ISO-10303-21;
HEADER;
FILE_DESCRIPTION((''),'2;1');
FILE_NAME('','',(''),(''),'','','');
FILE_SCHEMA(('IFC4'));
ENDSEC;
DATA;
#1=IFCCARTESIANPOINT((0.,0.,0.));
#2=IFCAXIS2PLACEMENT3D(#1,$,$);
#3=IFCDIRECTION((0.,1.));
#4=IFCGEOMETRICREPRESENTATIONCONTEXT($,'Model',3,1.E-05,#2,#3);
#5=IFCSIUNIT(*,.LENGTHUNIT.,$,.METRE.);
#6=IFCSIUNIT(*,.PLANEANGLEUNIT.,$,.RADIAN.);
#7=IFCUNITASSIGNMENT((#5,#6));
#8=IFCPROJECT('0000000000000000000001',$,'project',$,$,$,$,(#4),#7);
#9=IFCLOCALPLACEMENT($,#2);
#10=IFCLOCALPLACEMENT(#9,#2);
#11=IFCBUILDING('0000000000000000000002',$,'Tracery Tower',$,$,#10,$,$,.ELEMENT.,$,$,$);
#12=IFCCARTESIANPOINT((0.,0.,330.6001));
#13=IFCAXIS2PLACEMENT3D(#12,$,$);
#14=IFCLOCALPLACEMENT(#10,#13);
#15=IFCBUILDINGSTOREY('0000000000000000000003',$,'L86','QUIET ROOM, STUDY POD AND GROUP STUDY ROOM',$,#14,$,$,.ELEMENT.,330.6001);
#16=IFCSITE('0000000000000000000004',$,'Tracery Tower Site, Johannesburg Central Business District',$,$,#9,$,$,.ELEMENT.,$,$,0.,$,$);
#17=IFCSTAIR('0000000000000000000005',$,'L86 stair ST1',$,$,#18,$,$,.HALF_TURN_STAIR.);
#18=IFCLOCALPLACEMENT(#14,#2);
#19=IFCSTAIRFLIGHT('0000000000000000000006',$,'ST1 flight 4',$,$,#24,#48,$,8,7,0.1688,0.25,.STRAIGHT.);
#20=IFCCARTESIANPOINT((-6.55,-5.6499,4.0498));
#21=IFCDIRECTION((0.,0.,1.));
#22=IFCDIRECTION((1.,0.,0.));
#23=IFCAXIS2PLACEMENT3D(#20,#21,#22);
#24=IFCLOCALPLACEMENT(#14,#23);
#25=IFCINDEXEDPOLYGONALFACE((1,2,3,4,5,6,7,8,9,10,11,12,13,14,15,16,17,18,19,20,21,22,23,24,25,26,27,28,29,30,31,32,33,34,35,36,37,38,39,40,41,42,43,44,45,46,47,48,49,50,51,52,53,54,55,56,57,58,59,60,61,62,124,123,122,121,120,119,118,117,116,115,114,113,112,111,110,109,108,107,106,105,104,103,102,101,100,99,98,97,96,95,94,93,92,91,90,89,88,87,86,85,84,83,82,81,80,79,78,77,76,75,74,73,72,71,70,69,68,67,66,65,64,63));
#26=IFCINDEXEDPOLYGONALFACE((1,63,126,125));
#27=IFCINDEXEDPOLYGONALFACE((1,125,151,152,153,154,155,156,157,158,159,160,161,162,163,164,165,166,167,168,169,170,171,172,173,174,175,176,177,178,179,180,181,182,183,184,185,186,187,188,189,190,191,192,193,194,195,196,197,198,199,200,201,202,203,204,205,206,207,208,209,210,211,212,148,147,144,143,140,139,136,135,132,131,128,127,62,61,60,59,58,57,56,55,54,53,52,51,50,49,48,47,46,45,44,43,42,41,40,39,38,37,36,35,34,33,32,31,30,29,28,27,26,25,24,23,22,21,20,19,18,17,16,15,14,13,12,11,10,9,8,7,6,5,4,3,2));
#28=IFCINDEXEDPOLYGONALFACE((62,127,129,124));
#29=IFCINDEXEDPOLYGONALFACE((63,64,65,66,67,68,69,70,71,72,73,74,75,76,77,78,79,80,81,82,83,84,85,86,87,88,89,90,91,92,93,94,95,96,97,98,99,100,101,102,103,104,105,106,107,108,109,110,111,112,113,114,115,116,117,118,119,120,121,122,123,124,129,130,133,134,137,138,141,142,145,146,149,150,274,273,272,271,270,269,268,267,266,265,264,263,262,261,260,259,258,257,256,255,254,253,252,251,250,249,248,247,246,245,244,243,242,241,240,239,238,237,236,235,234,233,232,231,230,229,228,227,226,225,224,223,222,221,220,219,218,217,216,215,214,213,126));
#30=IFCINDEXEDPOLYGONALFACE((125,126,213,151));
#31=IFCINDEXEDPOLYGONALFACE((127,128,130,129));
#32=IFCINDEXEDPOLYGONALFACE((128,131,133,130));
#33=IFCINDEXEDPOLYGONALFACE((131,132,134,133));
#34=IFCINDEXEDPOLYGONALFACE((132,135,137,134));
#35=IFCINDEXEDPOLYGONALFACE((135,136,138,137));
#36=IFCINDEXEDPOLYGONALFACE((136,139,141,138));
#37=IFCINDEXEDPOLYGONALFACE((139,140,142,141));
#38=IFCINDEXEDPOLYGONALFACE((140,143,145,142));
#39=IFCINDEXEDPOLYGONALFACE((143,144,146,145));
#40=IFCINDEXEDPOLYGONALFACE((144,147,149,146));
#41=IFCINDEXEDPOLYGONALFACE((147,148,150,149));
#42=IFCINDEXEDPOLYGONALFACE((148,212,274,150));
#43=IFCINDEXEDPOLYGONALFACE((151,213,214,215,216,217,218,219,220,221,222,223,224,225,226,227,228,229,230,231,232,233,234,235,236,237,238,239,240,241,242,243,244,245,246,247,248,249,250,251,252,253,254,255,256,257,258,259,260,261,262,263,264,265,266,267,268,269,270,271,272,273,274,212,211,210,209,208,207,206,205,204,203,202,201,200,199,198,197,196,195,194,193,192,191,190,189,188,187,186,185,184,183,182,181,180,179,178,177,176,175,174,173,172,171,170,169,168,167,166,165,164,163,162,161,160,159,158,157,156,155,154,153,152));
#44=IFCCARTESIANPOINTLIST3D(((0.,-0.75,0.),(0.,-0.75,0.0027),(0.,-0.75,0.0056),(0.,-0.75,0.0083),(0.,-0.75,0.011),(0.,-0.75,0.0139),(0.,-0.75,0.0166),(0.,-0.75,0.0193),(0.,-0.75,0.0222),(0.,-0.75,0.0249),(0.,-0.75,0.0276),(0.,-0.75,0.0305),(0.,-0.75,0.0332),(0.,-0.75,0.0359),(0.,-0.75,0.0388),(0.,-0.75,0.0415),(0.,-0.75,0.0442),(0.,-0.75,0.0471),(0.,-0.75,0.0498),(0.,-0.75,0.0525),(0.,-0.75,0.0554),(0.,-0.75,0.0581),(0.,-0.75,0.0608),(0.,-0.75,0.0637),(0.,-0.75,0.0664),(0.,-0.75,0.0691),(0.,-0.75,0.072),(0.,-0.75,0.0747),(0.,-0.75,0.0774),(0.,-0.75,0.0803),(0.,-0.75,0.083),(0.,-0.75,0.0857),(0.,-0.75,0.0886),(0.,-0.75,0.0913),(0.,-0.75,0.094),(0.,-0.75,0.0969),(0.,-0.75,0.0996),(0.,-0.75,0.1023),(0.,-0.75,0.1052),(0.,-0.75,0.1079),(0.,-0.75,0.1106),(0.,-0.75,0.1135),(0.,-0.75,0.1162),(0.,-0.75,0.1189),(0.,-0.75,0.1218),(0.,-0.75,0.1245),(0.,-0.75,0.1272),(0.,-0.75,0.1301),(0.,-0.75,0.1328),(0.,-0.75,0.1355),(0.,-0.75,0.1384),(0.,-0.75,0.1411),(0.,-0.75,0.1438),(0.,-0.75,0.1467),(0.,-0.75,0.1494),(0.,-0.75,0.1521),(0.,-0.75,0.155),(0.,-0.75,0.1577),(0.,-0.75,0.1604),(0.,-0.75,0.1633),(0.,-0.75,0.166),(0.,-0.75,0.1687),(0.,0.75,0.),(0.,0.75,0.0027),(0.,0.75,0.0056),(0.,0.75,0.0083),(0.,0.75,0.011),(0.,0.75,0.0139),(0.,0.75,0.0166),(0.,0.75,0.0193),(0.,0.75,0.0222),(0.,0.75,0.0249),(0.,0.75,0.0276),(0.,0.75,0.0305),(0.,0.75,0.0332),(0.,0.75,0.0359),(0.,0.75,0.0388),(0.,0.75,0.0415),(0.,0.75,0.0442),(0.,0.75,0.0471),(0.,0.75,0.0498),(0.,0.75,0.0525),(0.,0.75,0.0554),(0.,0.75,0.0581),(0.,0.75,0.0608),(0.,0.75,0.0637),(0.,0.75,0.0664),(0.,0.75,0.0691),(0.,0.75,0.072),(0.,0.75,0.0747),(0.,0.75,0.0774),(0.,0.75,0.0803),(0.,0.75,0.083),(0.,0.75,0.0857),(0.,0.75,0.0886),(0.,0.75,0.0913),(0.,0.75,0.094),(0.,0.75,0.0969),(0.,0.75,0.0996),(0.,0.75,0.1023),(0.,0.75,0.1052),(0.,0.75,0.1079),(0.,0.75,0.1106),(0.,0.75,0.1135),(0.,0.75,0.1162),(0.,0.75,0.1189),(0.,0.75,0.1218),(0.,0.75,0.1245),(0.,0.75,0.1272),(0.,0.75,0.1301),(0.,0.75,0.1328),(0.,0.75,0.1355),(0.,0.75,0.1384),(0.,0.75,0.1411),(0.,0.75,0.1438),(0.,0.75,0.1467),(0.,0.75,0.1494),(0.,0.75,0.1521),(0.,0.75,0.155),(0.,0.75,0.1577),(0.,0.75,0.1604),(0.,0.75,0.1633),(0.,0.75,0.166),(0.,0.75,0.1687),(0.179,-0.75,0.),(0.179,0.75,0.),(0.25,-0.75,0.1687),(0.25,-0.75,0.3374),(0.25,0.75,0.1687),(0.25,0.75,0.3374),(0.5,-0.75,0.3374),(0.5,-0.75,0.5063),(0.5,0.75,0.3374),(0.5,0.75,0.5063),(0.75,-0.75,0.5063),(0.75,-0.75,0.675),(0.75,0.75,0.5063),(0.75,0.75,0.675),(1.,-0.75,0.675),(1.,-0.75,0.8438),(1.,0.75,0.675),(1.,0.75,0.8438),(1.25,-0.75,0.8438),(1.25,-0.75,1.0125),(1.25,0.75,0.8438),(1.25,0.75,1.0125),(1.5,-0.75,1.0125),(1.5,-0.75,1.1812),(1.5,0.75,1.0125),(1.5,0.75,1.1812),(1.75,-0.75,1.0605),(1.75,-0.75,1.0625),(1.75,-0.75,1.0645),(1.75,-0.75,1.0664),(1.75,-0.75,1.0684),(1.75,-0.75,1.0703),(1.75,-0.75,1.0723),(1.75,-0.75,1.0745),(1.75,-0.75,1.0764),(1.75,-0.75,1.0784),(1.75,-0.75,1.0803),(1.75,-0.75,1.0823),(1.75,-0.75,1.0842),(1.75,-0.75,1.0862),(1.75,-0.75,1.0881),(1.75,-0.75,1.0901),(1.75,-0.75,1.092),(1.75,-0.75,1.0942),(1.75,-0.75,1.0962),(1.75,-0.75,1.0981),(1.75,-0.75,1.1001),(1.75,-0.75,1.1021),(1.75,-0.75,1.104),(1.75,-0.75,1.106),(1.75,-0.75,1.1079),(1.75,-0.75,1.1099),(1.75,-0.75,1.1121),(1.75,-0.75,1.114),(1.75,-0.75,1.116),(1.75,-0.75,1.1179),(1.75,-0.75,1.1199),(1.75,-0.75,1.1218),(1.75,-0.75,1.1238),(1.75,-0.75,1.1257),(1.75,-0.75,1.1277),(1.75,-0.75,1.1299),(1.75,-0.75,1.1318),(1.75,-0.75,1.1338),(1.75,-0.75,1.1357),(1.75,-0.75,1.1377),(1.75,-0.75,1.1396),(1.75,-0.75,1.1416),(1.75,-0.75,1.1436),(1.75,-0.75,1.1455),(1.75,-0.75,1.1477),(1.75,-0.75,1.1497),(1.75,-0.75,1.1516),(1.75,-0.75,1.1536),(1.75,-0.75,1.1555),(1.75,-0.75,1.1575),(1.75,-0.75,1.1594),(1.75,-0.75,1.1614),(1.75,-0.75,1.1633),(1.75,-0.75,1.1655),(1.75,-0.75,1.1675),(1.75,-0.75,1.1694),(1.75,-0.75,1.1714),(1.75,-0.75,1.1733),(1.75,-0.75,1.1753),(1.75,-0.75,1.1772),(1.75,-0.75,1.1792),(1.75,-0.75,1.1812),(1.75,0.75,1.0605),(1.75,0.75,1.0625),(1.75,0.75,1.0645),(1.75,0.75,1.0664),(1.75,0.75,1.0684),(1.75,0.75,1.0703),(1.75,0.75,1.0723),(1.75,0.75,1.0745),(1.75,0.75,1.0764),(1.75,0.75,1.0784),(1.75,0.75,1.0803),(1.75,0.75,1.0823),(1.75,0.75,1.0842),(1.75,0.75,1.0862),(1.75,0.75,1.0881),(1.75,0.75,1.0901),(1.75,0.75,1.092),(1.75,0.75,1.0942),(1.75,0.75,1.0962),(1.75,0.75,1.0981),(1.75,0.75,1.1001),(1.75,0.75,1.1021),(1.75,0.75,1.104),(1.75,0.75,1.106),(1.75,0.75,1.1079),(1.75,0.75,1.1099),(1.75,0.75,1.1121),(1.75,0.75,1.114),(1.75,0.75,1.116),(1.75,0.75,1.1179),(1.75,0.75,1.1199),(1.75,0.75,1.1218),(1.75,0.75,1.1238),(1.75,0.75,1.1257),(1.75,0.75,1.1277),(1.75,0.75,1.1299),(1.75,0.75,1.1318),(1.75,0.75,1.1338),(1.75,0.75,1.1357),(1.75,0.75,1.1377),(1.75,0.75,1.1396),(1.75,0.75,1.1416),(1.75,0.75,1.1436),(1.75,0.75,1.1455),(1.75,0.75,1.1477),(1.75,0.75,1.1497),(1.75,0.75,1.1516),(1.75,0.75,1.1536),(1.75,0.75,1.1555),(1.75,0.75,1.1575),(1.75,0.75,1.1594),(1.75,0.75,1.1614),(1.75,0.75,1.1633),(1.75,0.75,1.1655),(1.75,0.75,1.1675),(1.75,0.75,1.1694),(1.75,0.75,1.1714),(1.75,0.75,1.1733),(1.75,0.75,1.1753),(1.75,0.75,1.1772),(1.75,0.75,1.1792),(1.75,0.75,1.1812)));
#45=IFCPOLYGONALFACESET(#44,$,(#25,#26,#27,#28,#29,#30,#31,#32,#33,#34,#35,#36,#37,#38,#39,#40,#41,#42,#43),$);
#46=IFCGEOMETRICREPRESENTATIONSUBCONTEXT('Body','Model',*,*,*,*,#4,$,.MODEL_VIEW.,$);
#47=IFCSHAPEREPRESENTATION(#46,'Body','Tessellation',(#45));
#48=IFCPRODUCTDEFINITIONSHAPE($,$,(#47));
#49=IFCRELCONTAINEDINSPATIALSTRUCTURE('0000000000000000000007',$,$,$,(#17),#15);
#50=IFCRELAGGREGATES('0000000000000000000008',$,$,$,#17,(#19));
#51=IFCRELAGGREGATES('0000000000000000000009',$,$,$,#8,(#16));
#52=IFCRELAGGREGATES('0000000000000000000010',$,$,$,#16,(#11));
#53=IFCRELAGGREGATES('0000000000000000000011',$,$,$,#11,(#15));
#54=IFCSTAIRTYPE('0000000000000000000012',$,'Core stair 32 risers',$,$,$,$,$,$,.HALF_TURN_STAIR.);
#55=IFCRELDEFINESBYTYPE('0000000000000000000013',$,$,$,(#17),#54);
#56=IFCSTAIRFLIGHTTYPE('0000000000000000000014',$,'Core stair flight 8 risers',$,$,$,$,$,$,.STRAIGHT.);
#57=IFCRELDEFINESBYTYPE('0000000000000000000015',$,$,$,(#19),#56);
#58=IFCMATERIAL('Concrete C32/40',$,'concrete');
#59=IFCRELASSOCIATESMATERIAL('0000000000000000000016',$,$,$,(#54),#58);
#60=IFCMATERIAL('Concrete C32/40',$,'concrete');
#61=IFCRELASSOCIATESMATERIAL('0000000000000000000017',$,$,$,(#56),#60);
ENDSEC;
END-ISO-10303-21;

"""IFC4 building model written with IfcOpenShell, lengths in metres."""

from ifc_helpers import new_model, si_unit, direction, frame, origin, place, context, subcontext, project, spatial, polyline, outline, extrude, material, type_object, element, aggregate, save


model = new_model("IFC4")

# Units and contexts
model_context = context("Model", 3, precision=1e-05, world=origin(), true_north=direction((0.0, 1.0)))
body_context = subcontext(model_context, "Body", "Model", "MODEL_VIEW")
ifc_project = project(units=[si_unit("LENGTHUNIT", "METRE"), si_unit("PLANEANGLEUNIT", "RADIAN")], contexts=[model_context])

# Site, building, storey
site_placement = place(None, origin())
site = spatial("IfcSite", under=ifc_project, at=site_placement, Name="Tracery Tower Site, Johannesburg Central Business District", CompositionType="ELEMENT", RefElevation=0.0)
building_placement = place(site_placement, origin())
building = spatial("IfcBuilding", under=site, at=building_placement, Name="Tracery Tower", CompositionType="ELEMENT")
storey_placement = place(building_placement, frame((0.0, 0.0, 330.6001)))
storey = spatial("IfcBuildingStorey", under=building, at=storey_placement, Name="L86", Description="QUIET ROOM, STUDY POD AND GROUP STUDY ROOM", CompositionType="ELEMENT", Elevation=330.6001)

# Stair, stair flight
ifc_material_1 = material(Name="Concrete C32/40", Category="concrete")
stair_type = type_object("IfcStairType", Name="Core stair 32 risers", PredefinedType="HALF_TURN_STAIR", material=ifc_material_1)
stair_placement = place(storey_placement, origin())
stair = element("IfcStair", 1, at=stair_placement, inside=storey, type_object=stair_type, Name="L86 stair ST1", PredefinedType="HALF_TURN_STAIR")
ifc_material_2 = material(Name="Concrete C32/40", Category="concrete")
stair_flight_type = type_object("IfcStairFlightType", Name="Core stair flight 8 risers", PredefinedType="STRAIGHT", material=ifc_material_2)
stair_flight_1_placement = place(storey_placement, frame((-6.55, -5.6499, 4.0498), z_axis=(0.0, 0.0, 1.0), x_axis=(1.0, 0.0, 0.0)))
stair_flight_1 = element("IfcStairFlight", 2, at=stair_flight_1_placement, type_object=stair_flight_type, Name="ST1 flight 4", NumberOfRisers=8, NumberOfTreads=7, PredefinedType="STRAIGHT", RiserHeight=0.1688, TreadLength=0.25, context=body_context, shape_type="SweptSolid", body=[
    extrude(outline(polyline([(0.0, 0.0), (0.0, 0.0027), (0.0, 0.0056), (0.0, 0.0083), (0.0, 0.011), (0.0, 0.0139), (0.0, 0.0166), (0.0, 0.0193), (0.0, 0.0222), (0.0, 0.0249), (0.0, 0.0276), (0.0, 0.0305), (0.0, 0.0332), (0.0, 0.0359), (0.0, 0.0388), (0.0, 0.0415), (0.0, 0.0442), (0.0, 0.0471), (0.0, 0.0498), (0.0, 0.0525), (0.0, 0.0554), (0.0, 0.0581), (0.0, 0.0608), (0.0, 0.0637), (0.0, 0.0664), (0.0, 0.0691), (0.0, 0.072), (0.0, 0.0747), (0.0, 0.0774), (0.0, 0.0803), (0.0, 0.083), (0.0, 0.0857), (0.0, 0.0886), (0.0, 0.0913), (0.0, 0.094), (0.0, 0.0969), (0.0, 0.0996), (0.0, 0.1023), (0.0, 0.1052), (0.0, 0.1079), (0.0, 0.1106), (0.0, 0.1135), (0.0, 0.1162), (0.0, 0.1189), (0.0, 0.1218), (0.0, 0.1245), (0.0, 0.1272), (0.0, 0.1301), (0.0, 0.1328), (0.0, 0.1355), (0.0, 0.1384), (0.0, 0.1411), (0.0, 0.1438), (0.0, 0.1467), (0.0, 0.1494), (0.0, 0.1521), (0.0, 0.155), (0.0, 0.1577), (0.0, 0.1604), (0.0, 0.1633), (0.0, 0.166), (0.0, 0.1687), (0.25, 0.1687), (0.25, 0.3374), (0.5, 0.3374), (0.5, 0.5063), (0.75, 0.5063), (0.75, 0.675), (1.0, 0.675), (1.0, 0.8438), (1.25, 0.8438), (1.25, 1.0125), (1.5, 1.0125), (1.5, 1.1812), (1.75, 1.1812), (1.75, 1.1792), (1.75, 1.1772), (1.75, 1.1753), (1.75, 1.1733), (1.75, 1.1714), (1.75, 1.1694), (1.75, 1.1675), (1.75, 1.1655), (1.75, 1.1633), (1.75, 1.1614), (1.75, 1.1594), (1.75, 1.1575), (1.75, 1.1555), (1.75, 1.1536), (1.75, 1.1516), (1.75, 1.1497), (1.75, 1.1477), (1.75, 1.1455), (1.75, 1.1436), (1.75, 1.1416), (1.75, 1.1396), (1.75, 1.1377), (1.75, 1.1357), (1.75, 1.1338), (1.75, 1.1318), (1.75, 1.1299), (1.75, 1.1277), (1.75, 1.1257), (1.75, 1.1238), (1.75, 1.1218), (1.75, 1.1199), (1.75, 1.1179), (1.75, 1.116), (1.75, 1.114), (1.75, 1.1121), (1.75, 1.1099), (1.75, 1.1079), (1.75, 1.106), (1.75, 1.104), (1.75, 1.1021), (1.75, 1.1001), (1.75, 1.0981), (1.75, 1.0962), (1.75, 1.0942), (1.75, 1.092), (1.75, 1.0901), (1.75, 1.0881), (1.75, 1.0862), (1.75, 1.0842), (1.75, 1.0823), (1.75, 1.0803), (1.75, 1.0784), (1.75, 1.0764), (1.75, 1.0745), (1.75, 1.0723), (1.75, 1.0703), (1.75, 1.0684), (1.75, 1.0664), (1.75, 1.0645), (1.75, 1.0625), (1.75, 1.0605), (0.179, 0.0), (0.0, 0.0)])), frame((0.0, 0.75, 0.0), z_axis=(0.0, -1.0, 0.0), x_axis=(1.0, 0.0, 0.0)), (0.0, 0.0, 1.0), 1.5),
])
aggregate(stair, [stair_flight_1])

save(model, "model.ifc")
